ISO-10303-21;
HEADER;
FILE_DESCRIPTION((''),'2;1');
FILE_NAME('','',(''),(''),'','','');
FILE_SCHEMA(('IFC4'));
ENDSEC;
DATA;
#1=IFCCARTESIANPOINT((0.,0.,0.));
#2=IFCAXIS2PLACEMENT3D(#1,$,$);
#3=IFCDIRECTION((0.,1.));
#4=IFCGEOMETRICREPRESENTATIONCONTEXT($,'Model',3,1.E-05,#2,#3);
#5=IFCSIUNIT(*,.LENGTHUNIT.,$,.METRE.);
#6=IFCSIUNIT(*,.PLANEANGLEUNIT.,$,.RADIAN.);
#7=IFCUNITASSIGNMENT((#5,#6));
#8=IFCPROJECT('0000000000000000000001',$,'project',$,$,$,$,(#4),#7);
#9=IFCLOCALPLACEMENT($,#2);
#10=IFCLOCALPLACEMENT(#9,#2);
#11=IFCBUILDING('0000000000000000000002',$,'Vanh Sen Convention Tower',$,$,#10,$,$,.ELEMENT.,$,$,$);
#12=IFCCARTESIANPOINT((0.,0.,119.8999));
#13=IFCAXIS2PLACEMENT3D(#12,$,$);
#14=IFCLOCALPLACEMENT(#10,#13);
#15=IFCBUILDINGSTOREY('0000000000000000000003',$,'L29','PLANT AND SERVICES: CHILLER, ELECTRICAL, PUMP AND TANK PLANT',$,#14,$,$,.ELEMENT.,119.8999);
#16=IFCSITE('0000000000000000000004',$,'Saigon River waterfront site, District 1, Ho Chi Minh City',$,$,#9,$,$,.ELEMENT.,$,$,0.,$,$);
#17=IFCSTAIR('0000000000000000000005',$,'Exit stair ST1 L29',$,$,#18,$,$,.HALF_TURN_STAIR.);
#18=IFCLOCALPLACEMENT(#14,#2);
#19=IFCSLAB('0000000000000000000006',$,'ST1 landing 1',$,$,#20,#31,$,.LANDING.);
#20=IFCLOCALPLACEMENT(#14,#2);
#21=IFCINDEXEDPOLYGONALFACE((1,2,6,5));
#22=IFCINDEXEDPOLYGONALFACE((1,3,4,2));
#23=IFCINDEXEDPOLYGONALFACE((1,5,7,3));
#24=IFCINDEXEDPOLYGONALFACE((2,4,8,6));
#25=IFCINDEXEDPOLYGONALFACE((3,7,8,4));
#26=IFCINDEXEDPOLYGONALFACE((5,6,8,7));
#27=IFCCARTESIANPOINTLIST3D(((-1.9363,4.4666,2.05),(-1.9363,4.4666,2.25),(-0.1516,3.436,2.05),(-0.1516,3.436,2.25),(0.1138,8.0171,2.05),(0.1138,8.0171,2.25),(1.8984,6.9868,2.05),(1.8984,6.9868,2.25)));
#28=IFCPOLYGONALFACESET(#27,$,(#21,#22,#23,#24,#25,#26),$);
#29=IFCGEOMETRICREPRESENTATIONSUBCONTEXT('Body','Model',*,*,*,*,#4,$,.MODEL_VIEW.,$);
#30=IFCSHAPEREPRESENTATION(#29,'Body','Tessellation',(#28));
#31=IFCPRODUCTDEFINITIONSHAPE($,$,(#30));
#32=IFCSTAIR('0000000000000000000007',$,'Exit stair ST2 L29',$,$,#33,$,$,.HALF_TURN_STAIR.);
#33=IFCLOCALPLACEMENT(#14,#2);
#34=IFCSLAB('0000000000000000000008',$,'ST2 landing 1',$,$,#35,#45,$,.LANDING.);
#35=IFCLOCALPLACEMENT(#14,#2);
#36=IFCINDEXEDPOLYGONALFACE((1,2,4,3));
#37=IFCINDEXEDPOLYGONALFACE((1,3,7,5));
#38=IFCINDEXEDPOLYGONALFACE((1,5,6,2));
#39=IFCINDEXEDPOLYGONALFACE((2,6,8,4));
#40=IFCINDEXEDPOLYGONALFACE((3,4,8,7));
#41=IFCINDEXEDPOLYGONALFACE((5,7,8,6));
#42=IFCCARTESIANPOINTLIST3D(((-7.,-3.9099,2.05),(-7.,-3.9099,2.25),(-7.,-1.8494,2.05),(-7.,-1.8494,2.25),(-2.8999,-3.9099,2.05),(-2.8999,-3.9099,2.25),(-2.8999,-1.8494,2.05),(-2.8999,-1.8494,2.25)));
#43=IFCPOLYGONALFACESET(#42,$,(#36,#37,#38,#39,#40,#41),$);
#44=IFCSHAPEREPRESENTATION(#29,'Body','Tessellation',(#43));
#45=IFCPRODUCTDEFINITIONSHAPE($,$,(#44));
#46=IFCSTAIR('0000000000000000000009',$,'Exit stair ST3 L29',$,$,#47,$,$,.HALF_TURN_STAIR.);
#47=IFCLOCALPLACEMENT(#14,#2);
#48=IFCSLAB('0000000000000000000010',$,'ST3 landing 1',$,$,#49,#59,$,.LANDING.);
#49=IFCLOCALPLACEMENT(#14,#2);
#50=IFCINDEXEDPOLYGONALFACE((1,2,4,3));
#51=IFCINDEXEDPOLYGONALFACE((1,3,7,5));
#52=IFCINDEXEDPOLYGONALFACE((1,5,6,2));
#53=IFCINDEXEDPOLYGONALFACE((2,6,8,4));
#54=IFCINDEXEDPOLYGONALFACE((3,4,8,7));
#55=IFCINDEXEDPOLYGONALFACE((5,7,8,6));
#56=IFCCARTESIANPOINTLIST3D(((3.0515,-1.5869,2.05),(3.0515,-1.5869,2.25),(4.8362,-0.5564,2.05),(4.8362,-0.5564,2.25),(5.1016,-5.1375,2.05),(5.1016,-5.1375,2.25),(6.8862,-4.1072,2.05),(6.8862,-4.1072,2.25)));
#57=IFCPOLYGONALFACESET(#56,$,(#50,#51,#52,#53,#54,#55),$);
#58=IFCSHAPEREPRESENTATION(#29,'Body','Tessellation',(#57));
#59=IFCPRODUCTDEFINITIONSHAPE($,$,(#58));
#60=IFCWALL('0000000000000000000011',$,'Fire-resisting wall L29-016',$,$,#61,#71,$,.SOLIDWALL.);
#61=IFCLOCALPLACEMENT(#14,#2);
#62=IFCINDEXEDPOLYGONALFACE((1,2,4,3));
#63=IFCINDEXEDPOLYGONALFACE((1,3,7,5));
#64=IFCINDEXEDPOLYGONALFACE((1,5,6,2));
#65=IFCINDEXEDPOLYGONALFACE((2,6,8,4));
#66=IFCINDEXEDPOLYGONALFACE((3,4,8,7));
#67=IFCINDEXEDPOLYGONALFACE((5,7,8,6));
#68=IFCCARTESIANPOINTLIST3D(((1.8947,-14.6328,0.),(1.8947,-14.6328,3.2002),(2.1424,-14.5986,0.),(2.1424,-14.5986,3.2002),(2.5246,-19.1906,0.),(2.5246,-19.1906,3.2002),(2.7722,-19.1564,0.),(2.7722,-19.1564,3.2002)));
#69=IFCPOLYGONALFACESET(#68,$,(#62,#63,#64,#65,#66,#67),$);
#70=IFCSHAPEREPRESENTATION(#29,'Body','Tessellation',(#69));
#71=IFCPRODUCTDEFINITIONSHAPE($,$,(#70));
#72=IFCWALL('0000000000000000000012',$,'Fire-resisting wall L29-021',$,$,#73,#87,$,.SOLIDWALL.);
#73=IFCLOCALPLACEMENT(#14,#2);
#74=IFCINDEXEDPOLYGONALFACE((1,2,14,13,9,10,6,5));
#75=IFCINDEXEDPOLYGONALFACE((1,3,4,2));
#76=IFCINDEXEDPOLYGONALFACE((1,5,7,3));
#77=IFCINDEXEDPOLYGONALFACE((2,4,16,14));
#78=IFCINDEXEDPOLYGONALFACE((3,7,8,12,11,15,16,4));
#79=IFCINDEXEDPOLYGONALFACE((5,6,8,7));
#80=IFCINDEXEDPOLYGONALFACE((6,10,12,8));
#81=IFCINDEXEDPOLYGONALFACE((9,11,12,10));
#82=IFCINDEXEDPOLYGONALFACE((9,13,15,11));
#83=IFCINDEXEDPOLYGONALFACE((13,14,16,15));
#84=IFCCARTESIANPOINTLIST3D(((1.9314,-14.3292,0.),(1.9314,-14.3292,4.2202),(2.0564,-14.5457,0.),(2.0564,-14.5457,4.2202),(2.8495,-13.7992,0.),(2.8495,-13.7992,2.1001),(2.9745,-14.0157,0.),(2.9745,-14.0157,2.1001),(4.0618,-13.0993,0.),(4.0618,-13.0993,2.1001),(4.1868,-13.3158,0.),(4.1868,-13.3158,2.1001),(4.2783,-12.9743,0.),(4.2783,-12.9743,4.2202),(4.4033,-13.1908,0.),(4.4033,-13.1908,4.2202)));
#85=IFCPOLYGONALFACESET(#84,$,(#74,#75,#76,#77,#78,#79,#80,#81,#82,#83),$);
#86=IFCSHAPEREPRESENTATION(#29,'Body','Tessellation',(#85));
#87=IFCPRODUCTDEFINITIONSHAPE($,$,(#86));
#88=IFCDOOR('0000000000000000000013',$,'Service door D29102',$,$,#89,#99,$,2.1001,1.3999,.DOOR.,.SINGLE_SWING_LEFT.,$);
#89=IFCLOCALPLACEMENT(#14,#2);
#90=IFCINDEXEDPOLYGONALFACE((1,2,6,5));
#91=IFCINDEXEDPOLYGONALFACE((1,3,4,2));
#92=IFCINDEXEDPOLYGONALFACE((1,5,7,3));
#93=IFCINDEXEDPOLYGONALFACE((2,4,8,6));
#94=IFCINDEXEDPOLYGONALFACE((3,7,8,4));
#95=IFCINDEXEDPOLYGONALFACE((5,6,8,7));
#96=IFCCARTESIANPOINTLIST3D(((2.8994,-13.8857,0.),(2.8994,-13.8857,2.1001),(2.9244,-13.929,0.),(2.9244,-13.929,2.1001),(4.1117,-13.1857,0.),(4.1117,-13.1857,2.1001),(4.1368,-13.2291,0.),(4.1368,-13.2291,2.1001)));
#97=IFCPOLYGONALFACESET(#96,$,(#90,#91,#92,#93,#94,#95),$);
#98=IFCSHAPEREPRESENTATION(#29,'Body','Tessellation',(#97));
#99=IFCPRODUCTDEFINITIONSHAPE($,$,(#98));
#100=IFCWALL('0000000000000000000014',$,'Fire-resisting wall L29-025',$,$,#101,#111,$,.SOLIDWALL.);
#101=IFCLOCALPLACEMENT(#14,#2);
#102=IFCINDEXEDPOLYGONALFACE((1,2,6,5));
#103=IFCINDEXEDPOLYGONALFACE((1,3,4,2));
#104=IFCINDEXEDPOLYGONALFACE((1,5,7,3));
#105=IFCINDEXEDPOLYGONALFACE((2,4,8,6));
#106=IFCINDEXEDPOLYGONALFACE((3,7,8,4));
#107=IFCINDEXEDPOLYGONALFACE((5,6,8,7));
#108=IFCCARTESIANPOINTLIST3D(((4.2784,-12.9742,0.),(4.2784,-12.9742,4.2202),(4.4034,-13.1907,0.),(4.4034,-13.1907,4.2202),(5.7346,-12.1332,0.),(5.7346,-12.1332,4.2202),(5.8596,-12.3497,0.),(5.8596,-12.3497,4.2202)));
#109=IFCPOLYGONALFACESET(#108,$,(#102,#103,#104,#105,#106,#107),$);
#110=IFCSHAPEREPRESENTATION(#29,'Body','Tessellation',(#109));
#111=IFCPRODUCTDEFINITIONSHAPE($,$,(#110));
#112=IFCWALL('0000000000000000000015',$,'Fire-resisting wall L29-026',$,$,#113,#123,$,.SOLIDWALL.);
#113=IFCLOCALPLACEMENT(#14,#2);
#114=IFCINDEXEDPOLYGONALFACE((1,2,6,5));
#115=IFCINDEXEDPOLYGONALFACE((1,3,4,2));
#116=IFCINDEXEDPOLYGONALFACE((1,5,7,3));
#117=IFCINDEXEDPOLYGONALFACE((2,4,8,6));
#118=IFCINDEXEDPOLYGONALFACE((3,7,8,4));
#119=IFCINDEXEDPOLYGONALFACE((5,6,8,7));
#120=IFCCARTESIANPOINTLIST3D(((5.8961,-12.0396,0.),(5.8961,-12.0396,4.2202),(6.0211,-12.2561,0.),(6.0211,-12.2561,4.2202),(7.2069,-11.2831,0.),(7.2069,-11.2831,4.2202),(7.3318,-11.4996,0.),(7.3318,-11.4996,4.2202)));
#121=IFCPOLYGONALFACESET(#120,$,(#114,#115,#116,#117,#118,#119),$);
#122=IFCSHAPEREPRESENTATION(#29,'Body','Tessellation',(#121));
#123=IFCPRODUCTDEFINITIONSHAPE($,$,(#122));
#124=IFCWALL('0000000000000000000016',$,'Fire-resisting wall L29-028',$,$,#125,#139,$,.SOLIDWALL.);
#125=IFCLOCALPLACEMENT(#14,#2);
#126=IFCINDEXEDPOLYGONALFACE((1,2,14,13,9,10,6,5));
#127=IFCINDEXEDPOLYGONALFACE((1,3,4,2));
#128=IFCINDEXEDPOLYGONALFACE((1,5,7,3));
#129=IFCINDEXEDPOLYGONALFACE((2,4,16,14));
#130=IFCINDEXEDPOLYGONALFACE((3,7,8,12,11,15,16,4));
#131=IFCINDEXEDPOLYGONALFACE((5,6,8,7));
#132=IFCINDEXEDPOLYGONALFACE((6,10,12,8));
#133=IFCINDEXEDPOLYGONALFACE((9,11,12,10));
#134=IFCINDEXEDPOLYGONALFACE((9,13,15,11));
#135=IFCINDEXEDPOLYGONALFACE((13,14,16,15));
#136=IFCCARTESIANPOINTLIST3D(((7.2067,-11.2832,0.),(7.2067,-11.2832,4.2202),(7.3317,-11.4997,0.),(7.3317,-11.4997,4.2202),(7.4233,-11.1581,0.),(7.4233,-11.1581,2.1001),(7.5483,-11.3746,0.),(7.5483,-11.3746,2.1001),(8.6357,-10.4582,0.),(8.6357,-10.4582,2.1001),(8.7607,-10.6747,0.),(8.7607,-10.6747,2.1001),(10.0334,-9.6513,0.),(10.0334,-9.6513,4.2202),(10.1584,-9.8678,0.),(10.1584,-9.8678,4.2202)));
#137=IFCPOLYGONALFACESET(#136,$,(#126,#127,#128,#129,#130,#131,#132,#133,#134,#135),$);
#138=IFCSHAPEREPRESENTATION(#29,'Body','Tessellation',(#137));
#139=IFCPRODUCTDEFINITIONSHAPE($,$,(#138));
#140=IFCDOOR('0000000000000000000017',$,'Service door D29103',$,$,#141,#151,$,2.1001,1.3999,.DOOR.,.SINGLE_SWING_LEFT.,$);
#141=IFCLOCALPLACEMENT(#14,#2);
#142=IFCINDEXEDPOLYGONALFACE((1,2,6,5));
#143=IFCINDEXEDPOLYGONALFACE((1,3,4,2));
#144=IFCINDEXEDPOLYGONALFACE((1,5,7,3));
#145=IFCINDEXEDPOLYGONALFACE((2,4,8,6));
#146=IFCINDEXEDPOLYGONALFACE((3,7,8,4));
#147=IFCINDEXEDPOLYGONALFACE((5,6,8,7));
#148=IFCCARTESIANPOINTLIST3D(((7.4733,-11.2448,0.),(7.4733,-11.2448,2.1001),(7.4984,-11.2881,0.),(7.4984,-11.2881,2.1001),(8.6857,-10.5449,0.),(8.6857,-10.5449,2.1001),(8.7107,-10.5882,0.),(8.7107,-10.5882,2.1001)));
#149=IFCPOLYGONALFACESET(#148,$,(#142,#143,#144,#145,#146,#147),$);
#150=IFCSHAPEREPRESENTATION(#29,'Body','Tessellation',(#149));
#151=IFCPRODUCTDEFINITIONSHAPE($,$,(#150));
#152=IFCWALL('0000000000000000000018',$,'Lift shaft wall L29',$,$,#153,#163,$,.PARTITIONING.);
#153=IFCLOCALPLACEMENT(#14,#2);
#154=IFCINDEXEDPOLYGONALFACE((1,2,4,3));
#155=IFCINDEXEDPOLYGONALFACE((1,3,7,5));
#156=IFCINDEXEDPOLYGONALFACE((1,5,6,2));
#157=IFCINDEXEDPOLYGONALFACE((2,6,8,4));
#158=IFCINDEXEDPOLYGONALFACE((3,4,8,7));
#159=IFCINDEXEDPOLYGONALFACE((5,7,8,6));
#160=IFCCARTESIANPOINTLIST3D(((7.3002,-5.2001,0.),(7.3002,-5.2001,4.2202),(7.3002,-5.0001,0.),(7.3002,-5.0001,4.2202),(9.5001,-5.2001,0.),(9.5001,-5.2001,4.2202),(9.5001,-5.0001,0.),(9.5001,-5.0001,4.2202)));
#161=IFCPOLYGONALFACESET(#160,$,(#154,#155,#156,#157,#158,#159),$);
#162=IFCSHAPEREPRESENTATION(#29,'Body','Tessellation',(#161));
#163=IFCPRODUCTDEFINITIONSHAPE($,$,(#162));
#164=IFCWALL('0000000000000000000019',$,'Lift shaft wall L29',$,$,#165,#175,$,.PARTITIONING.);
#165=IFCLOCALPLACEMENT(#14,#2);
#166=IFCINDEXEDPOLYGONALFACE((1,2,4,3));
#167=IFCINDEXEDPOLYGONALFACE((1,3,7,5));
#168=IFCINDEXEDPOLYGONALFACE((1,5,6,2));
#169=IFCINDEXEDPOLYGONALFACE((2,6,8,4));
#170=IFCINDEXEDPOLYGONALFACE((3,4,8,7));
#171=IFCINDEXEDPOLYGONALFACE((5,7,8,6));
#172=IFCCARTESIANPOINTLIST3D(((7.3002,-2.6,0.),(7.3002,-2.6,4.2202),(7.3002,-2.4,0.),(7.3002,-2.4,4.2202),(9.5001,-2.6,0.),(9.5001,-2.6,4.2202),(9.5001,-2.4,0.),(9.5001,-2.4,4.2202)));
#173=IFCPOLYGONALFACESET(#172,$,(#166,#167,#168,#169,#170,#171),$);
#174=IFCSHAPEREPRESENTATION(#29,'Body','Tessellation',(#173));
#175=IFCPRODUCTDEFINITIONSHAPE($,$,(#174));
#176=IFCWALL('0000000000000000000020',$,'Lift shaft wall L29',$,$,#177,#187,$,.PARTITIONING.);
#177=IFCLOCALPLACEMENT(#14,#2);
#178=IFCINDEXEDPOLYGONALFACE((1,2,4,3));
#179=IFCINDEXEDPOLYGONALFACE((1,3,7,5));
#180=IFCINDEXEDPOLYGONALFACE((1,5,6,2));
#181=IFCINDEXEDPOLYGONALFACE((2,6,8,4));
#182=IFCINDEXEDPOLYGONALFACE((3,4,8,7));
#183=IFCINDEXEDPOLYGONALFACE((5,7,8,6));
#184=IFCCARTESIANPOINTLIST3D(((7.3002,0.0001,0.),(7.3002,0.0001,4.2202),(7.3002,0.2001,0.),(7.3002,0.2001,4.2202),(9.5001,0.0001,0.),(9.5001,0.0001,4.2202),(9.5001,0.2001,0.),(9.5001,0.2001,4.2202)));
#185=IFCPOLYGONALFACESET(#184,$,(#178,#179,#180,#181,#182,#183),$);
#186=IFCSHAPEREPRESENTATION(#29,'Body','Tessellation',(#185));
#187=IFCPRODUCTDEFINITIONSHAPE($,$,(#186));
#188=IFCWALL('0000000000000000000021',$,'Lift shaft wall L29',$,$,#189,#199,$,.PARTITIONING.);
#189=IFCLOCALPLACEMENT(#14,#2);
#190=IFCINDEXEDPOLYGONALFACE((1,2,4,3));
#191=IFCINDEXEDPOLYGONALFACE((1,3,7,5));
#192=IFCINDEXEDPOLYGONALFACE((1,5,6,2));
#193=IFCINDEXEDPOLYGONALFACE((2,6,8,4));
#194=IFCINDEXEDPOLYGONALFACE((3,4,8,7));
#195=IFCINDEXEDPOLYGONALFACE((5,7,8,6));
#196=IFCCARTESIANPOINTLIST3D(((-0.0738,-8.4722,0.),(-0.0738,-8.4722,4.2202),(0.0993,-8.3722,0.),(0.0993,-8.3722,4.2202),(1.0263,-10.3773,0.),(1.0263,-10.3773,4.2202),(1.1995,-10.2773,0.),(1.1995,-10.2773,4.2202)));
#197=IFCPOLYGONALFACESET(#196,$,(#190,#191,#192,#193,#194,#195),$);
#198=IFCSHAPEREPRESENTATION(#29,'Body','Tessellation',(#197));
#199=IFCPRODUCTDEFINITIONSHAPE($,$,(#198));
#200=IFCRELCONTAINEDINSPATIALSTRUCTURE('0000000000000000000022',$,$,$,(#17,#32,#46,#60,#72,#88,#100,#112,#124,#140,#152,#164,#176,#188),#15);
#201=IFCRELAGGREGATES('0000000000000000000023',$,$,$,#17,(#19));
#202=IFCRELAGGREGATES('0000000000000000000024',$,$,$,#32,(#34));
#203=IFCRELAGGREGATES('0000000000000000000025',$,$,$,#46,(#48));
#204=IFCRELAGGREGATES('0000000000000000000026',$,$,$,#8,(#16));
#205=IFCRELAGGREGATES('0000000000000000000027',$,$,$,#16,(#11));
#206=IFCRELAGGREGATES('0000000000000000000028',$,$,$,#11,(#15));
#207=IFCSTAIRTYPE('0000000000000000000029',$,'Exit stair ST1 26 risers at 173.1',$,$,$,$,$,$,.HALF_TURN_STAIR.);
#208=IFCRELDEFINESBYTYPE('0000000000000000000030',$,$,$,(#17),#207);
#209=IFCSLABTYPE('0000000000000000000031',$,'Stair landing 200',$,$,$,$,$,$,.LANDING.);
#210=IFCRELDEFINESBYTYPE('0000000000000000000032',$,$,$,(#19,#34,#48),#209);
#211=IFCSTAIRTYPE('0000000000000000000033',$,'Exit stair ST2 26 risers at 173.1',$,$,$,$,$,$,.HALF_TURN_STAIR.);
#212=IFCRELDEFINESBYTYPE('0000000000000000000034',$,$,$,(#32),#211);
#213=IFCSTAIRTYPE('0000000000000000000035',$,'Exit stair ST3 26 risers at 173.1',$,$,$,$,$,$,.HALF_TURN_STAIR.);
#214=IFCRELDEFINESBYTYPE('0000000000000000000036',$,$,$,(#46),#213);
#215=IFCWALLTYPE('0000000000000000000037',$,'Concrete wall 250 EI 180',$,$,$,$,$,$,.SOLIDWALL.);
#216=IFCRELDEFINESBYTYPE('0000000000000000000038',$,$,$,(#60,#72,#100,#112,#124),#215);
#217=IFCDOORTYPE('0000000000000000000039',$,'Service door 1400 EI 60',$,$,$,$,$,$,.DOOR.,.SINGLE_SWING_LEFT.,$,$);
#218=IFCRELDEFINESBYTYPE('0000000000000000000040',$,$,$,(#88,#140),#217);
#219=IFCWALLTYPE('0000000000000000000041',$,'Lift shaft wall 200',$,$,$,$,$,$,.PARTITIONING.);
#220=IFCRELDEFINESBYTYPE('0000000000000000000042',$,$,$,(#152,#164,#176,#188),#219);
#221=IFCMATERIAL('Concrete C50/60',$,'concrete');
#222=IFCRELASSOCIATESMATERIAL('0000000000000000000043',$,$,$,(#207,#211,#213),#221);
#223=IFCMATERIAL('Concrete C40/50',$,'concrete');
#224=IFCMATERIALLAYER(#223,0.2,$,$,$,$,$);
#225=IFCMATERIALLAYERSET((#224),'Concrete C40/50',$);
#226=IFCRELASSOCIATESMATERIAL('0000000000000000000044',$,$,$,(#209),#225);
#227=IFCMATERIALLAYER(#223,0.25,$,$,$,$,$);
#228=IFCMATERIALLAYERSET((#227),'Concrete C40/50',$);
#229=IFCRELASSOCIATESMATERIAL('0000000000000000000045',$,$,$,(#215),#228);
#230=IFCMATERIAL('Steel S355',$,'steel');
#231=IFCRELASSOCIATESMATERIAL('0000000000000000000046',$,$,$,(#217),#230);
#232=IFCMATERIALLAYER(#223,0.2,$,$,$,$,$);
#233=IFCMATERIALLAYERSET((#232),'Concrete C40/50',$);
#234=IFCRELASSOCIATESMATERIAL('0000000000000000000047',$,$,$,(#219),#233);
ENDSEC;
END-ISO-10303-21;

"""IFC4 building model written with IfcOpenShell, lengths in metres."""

from ifc_helpers import new_model, si_unit, direction, frame, frame_2d, origin, place, context, subcontext, project, spatial, polyline, rectangle, outline, extrude, material, layer, layer_set, type_object, element, fill, aggregate, save


model = new_model("IFC4")

# Units and contexts
model_context = context("Model", 3, precision=1e-05, world=origin(), true_north=direction((0.0, 1.0)))
body_context = subcontext(model_context, "Body", "Model", "MODEL_VIEW")
ifc_project = project(units=[si_unit("LENGTHUNIT", "METRE"), si_unit("PLANEANGLEUNIT", "RADIAN")], contexts=[model_context])

# Site, building, storey
site_placement = place(None, origin())
site = spatial("IfcSite", under=ifc_project, at=site_placement, Name="Saigon River waterfront site, District 1, Ho Chi Minh City", CompositionType="ELEMENT", RefElevation=0.0)
building_placement = place(site_placement, origin())
building = spatial("IfcBuilding", under=site, at=building_placement, Name="Vanh Sen Convention Tower", CompositionType="ELEMENT")
storey_placement = place(building_placement, frame((0.0, 0.0, 119.8999)))
storey = spatial("IfcBuildingStorey", under=building, at=storey_placement, Name="L29", Description="PLANT AND SERVICES: CHILLER, ELECTRICAL, PUMP AND TANK PLANT", CompositionType="ELEMENT", Elevation=119.8999)

# Stairs, slabs
ifc_material_1 = material(Name="Concrete C50/60", Category="concrete")
stair_type_1 = type_object("IfcStairType", Name="Exit stair ST1 26 risers at 173.1", PredefinedType="HALF_TURN_STAIR", material=ifc_material_1)
stair_1_placement = place(storey_placement, origin())
stair_1 = element("IfcStair", 1, at=stair_1_placement, inside=storey, type_object=stair_type_1, Name="Exit stair ST1 L29", PredefinedType="HALF_TURN_STAIR")
ifc_material_2 = material(Name="Concrete C40/50", Category="concrete")
ifc_layer_1 = layer(ifc_material_2, 0.2)
ifc_layer_set_1 = layer_set([ifc_layer_1], Name="Concrete C40/50")
slab_type = type_object("IfcSlabType", Name="Stair landing 200", PredefinedType="LANDING", material=ifc_layer_set_1)
slab_1_placement = place(storey_placement, frame((0.0, 0.0, 2.05)))
slab_1 = element("IfcSlab", 2, at=slab_1_placement, type_object=slab_type, Name="ST1 landing 1", PredefinedType="LANDING", context=body_context, shape_type="SweptSolid", body=[
    extrude(outline(polyline([(1.8984, 6.9868), (0.1138, 8.0171), (-1.9363, 4.4666), (-0.1516, 3.436), (1.8984, 6.9868)])), origin(), (0.0, 0.0, 1.0), 0.2),
])
aggregate(stair_1, [slab_1])
stair_type_2 = type_object("IfcStairType", Name="Exit stair ST2 26 risers at 173.1", PredefinedType="HALF_TURN_STAIR", material=ifc_material_1)
stair_2_placement = place(storey_placement, origin())
stair_2 = element("IfcStair", 3, at=stair_2_placement, inside=storey, type_object=stair_type_2, Name="Exit stair ST2 L29", PredefinedType="HALF_TURN_STAIR")
slab_2_placement = place(storey_placement, frame((0.0, 0.0, 2.05)))
slab_2 = element("IfcSlab", 4, at=slab_2_placement, type_object=slab_type, Name="ST2 landing 1", PredefinedType="LANDING", context=body_context, shape_type="SweptSolid", body=[
    extrude(outline(polyline([(-7.0, -1.8494), (-7.0, -3.9099), (-2.8999, -3.9099), (-2.8999, -1.8494), (-7.0, -1.8494)])), origin(), (0.0, 0.0, 1.0), 0.2),
])
aggregate(stair_2, [slab_2])
stair_type_3 = type_object("IfcStairType", Name="Exit stair ST3 26 risers at 173.1", PredefinedType="HALF_TURN_STAIR", material=ifc_material_1)
stair_3_placement = place(storey_placement, origin())
stair_3 = element("IfcStair", 5, at=stair_3_placement, inside=storey, type_object=stair_type_3, Name="Exit stair ST3 L29", PredefinedType="HALF_TURN_STAIR")
slab_3_placement = place(storey_placement, frame((0.0, 0.0, 2.05)))
slab_3 = element("IfcSlab", 6, at=slab_3_placement, type_object=slab_type, Name="ST3 landing 1", PredefinedType="LANDING", context=body_context, shape_type="SweptSolid", body=[
    extrude(outline(polyline([(5.1016, -5.1375), (6.8862, -4.1072), (4.8362, -0.5564), (3.0515, -1.5869), (5.1016, -5.1375)])), origin(), (0.0, 0.0, 1.0), 0.2),
])
aggregate(stair_3, [slab_3])

# Wall
ifc_layer_2 = layer(ifc_material_2, 0.25)
ifc_layer_set_2 = layer_set([ifc_layer_2], Name="Concrete C40/50")
wall_type_1 = type_object("IfcWallType", Name="Concrete wall 250 EI 180", PredefinedType="SOLIDWALL", material=ifc_layer_set_2)
wall_1_placement = place(storey_placement, frame((2.0186, -14.6157, 0.0), z_axis=(0.0, 0.0, 1.0), x_axis=(0.136896, -0.990585, 0.0)))
element("IfcWall", 7, at=wall_1_placement, inside=storey, type_object=wall_type_1, Name="Fire-resisting wall L29-016", PredefinedType="SOLIDWALL", context=body_context, shape_type="SweptSolid", body=[
    extrude(rectangle(XDim=4.6011, YDim=0.25, at=frame_2d((2.3005, 0.0))), origin(), (0.0, 0.0, 1.0), 3.2002),
])

# Wall, opening, door
wall_2_placement = place(storey_placement, frame((4.3408, -13.0825, 0.0), z_axis=(0.0, 0.0, 1.0), x_axis=(-0.866028, -0.499995, 0.0)))
wall_2 = element("IfcWall", 8, at=wall_2_placement, inside=storey, type_object=wall_type_1, Name="Fire-resisting wall L29-021", PredefinedType="SOLIDWALL", context=body_context, shape_type="SweptSolid", body=[
    extrude(rectangle(XDim=2.71, YDim=0.25, at=frame_2d((1.355, 0.0))), origin(), (0.0, 0.0, 1.0), 4.2202),
])
opening_1_placement = place(wall_2_placement, frame((0.25, 0.0, 0.0)))
opening_1 = element("IfcOpeningElement", 9, at=opening_1_placement, cuts=wall_2, PredefinedType="OPENING", context=body_context, shape_type="SweptSolid", body=[
    extrude(rectangle(XDim=1.3999, YDim=2.1001, at=frame_2d((0.7, 1.05))), frame((0.0, 0.135, 0.0), z_axis=(0.0, -1.0, 0.0), x_axis=(1.0, 0.0, 0.0)), (0.0, 0.0, 1.0), 0.27),
])
ifc_material_3 = material(Name="Steel S355", Category="steel")
door_type_1 = type_object("IfcDoorType", Name="Service door 1400 EI 60", OperationType="SINGLE_SWING_LEFT", PredefinedType="DOOR", material=ifc_material_3)
door_1_placement = place(opening_1_placement, origin())
door_1 = element("IfcDoor", 10, at=door_1_placement, inside=storey, type_object=door_type_1, Name="Service door D29102", OperationType="SINGLE_SWING_LEFT", OverallHeight=2.1001, OverallWidth=1.3999, PredefinedType="DOOR", context=body_context, shape_type="SweptSolid", body=[
    extrude(rectangle(XDim=1.3999, YDim=2.1001, at=frame_2d((0.7, 1.05))), frame((0.0, 0.0249, 0.0), z_axis=(0.0, -1.0, 0.0), x_axis=(1.0, 0.0, 0.0)), (0.0, 0.0, 1.0), 0.05),
])
fill(opening_1, door_1)

# Walls
wall_3_placement = place(storey_placement, frame((5.7971, -12.2415, 0.0), z_axis=(0.0, 0.0, 1.0), x_axis=(-0.865956, -0.50012, 0.0)))
element("IfcWall", 11, at=wall_3_placement, inside=storey, type_object=wall_type_1, Name="Fire-resisting wall L29-025", PredefinedType="SOLIDWALL", context=body_context, shape_type="SweptSolid", body=[
    extrude(rectangle(XDim=1.6816, YDim=0.25, at=frame_2d((0.8408, 0.0))), origin(), (0.0, 0.0, 1.0), 4.2202),
])
wall_4_placement = place(storey_placement, frame((5.9585, -12.1479, 0.0), z_axis=(0.0, 0.0, 1.0), x_axis=(0.866081, 0.499904, 0.0)))
element("IfcWall", 12, at=wall_4_placement, inside=storey, type_object=wall_type_1, Name="Fire-resisting wall L29-026", PredefinedType="SOLIDWALL", context=body_context, shape_type="SweptSolid", body=[
    extrude(rectangle(XDim=1.5134, YDim=0.25, at=frame_2d((0.7568, 0.0))), origin(), (0.0, 0.0, 1.0), 4.2202),
])

# Wall, opening, door
wall_5_placement = place(storey_placement, frame((7.2693, -11.3914, 0.0), z_axis=(0.0, 0.0, 1.0), x_axis=(0.866044, 0.499969, 0.0)))
wall_5 = element("IfcWall", 13, at=wall_5_placement, inside=storey, type_object=wall_type_1, Name="Fire-resisting wall L29-028", PredefinedType="SOLIDWALL", context=body_context, shape_type="SweptSolid", body=[
    extrude(rectangle(XDim=3.2639, YDim=0.25, at=frame_2d((1.6318, 0.0))), origin(), (0.0, 0.0, 1.0), 4.2202),
])
opening_2_placement = place(wall_5_placement, frame((0.25, 0.0, 0.0)))
opening_2 = element("IfcOpeningElement", 14, at=opening_2_placement, cuts=wall_5, PredefinedType="OPENING", context=body_context, shape_type="SweptSolid", body=[
    extrude(rectangle(XDim=1.3999, YDim=2.1001, at=frame_2d((0.7, 1.05))), frame((0.0, 0.135, 0.0), z_axis=(0.0, -1.0, 0.0), x_axis=(1.0, 0.0, 0.0)), (0.0, 0.0, 1.0), 0.27),
])
door_2_placement = place(opening_2_placement, origin())
door_2 = element("IfcDoor", 15, at=door_2_placement, inside=storey, type_object=door_type_1, Name="Service door D29103", OperationType="SINGLE_SWING_LEFT", OverallHeight=2.1001, OverallWidth=1.3999, PredefinedType="DOOR", context=body_context, shape_type="SweptSolid", body=[
    extrude(rectangle(XDim=1.3999, YDim=2.1001, at=frame_2d((0.7, 1.05))), frame((0.0, 0.0249, 0.0), z_axis=(0.0, -1.0, 0.0), x_axis=(1.0, 0.0, 0.0)), (0.0, 0.0, 1.0), 0.05),
])
fill(opening_2, door_2)

# Walls
ifc_layer_3 = layer(ifc_material_2, 0.2)
ifc_layer_set_3 = layer_set([ifc_layer_3], Name="Concrete C40/50")
wall_type_2 = type_object("IfcWallType", Name="Lift shaft wall 200", PredefinedType="PARTITIONING", material=ifc_layer_set_3)
for number, where, z_axis, x_axis, name in (
    (16, (7.3, -5.1001, 0.0), (0.0, 0.0, 1.0), (1.0, 0.0, 0.0), "Lift shaft wall L29"),
    (17, (7.3, -2.5, 0.0), (0.0, 0.0, 1.0), (1.0, 0.0, 0.0), "Lift shaft wall L29"),
    (18, (7.3, 0.1001, 0.0), (0.0, 0.0, 1.0), (1.0, 0.0, 0.0), "Lift shaft wall L29"),
    (19, (0.0127, -8.4221, 0.0), (0.0, 0.0, 1.0), (0.500078, -0.86598, 0.0), "Lift shaft wall L29"),
):
    element("IfcWall", number, at=place(storey_placement, frame(where, z_axis=z_axis, x_axis=x_axis)), inside=storey, type_object=wall_type_2, Name=name, PredefinedType="PARTITIONING", context=body_context, shape_type="SweptSolid", body=[
        extrude(rectangle(XDim=2.2, YDim=0.2, at=frame_2d((1.1001, 0.0))), origin(), (0.0, 0.0, 1.0), 4.2202),
    ])

save(model, "model.ifc")
